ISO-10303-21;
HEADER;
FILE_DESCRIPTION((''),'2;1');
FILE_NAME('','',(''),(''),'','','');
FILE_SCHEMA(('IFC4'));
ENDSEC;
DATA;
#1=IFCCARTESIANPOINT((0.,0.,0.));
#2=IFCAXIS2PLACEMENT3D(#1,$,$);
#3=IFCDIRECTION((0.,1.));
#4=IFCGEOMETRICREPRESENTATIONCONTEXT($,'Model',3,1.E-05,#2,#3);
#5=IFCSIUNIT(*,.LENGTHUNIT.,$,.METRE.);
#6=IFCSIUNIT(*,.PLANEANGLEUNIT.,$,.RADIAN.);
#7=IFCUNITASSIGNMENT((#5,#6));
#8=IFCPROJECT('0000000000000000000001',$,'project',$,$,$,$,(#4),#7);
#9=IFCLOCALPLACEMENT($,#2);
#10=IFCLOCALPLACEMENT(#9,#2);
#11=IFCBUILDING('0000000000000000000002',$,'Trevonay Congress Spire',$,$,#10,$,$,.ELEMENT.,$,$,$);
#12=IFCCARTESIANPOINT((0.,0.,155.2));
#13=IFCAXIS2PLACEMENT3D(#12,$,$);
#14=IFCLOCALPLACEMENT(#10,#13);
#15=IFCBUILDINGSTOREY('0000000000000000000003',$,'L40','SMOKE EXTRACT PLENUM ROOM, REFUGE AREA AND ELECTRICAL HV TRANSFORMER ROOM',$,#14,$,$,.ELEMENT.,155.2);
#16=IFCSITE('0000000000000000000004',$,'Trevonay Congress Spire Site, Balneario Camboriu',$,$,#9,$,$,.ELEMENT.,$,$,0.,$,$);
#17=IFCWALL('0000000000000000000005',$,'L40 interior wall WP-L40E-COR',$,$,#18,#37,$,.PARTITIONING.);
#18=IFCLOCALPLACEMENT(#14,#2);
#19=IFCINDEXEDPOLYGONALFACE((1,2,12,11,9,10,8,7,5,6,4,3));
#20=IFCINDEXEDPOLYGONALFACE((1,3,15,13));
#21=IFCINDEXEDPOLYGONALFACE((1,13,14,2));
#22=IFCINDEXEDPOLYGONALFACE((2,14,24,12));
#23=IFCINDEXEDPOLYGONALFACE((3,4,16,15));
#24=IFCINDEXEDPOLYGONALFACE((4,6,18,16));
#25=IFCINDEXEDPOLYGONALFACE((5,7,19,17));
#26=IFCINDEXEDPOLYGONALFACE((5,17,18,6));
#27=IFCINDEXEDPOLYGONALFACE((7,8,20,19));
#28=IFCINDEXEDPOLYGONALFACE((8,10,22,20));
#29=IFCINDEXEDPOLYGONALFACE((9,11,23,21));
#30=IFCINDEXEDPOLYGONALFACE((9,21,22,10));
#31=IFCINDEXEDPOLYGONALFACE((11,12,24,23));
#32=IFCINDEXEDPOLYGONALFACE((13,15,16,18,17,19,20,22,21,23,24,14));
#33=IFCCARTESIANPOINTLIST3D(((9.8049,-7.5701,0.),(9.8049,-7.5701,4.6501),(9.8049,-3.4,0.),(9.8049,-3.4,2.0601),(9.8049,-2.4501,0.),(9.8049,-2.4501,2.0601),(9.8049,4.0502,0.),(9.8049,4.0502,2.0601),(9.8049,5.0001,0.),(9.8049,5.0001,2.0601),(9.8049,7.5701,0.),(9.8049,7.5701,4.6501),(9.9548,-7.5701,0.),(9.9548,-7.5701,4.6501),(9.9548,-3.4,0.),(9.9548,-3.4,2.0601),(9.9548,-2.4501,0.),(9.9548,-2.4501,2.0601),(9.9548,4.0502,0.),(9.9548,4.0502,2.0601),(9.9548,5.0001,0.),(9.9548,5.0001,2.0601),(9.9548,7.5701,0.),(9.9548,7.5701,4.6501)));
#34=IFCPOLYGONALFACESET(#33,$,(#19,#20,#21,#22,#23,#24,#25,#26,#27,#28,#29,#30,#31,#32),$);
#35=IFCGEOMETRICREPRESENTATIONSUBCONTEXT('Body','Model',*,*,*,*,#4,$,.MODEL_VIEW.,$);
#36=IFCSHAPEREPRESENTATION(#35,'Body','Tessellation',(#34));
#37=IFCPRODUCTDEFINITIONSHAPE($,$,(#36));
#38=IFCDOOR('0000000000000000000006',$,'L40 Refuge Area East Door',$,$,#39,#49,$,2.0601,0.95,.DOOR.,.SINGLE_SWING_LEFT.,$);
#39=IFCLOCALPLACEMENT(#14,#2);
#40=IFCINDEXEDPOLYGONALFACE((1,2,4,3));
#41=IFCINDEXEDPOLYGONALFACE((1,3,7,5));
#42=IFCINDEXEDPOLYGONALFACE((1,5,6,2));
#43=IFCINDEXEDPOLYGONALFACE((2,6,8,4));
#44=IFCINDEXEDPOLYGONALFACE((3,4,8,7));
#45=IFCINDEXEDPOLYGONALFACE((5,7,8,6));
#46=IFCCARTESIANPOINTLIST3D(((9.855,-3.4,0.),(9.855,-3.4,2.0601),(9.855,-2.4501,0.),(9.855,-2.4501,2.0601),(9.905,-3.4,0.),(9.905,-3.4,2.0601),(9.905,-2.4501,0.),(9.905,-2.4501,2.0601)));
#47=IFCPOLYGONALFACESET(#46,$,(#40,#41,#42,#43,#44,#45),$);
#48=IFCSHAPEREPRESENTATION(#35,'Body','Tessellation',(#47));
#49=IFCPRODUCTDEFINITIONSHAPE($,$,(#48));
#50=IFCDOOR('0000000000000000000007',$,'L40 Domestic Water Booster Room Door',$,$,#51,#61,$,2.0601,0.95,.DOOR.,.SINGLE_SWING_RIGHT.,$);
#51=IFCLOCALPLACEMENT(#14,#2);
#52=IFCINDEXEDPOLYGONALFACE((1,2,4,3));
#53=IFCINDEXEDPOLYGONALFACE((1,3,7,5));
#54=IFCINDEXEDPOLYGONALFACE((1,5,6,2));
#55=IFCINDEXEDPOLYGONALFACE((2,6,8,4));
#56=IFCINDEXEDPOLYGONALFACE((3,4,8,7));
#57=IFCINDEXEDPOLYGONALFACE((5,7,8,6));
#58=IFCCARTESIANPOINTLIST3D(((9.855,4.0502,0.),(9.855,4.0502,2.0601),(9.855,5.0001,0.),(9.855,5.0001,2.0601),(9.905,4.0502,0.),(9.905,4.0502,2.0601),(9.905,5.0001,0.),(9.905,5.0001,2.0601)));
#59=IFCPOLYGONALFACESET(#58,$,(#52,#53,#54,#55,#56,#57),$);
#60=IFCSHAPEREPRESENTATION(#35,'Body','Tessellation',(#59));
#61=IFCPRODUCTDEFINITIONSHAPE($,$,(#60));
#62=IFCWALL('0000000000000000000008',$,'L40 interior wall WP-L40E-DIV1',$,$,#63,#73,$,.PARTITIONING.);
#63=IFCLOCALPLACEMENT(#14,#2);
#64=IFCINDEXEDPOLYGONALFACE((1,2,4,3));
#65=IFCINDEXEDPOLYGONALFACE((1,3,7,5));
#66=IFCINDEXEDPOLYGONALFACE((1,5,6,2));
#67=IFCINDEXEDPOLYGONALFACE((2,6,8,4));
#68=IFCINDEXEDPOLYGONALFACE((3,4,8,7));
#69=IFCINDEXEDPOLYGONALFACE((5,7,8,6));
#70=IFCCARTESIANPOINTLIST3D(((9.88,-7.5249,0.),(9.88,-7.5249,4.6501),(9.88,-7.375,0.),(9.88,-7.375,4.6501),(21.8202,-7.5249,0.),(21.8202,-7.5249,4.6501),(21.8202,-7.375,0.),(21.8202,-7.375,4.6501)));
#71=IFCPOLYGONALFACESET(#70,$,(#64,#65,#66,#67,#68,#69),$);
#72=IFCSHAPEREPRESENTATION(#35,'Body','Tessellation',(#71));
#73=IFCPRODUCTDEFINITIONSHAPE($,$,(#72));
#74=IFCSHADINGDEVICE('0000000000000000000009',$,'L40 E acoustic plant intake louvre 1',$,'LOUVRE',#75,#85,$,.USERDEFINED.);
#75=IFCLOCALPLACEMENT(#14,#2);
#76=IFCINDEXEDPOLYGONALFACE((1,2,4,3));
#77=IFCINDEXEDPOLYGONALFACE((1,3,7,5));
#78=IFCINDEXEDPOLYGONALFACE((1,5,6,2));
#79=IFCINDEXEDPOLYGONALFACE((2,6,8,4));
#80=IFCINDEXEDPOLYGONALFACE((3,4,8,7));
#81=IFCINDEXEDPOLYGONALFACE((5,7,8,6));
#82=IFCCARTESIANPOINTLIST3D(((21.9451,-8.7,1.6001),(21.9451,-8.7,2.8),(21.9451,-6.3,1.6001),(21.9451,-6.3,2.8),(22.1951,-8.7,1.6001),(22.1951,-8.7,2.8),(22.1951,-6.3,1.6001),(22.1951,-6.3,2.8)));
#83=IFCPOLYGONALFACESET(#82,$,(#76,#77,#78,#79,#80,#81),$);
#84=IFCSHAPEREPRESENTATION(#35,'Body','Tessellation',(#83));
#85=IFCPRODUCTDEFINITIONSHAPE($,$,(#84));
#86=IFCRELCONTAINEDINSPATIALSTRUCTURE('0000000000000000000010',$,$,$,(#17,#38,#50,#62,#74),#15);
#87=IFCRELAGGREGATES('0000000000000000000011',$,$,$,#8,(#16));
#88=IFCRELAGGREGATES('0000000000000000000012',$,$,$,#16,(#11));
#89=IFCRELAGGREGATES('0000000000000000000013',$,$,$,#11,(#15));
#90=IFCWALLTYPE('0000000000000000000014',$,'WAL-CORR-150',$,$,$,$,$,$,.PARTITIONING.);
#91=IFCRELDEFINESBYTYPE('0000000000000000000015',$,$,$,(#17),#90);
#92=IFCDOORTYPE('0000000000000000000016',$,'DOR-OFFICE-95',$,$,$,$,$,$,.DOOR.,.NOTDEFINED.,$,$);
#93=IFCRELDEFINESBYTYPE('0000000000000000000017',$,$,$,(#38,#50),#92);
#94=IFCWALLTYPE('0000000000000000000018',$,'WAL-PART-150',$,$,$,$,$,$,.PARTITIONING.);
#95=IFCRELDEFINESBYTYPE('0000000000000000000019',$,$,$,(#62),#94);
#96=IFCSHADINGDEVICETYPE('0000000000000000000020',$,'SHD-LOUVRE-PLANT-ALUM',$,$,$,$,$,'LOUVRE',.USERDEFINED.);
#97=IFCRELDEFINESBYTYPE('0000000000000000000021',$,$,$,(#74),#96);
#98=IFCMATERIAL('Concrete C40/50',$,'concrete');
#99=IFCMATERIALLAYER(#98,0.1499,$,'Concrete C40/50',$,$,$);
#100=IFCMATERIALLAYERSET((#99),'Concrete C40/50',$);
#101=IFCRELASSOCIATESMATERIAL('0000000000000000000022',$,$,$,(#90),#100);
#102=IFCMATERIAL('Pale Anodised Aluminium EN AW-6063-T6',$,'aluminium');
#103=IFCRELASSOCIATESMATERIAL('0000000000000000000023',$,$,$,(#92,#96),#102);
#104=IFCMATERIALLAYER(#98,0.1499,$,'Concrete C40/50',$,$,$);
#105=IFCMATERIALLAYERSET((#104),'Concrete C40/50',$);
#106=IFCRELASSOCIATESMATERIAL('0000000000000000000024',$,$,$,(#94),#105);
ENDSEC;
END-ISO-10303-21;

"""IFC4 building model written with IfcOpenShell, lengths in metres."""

from ifc_helpers import new_model, si_unit, direction, frame, frame_2d, origin, origin_2d, place, context, subcontext, project, spatial, rectangle, extrude, material, layer, layer_set, type_object, element, fill, save


model = new_model("IFC4")

# Units and contexts
model_context = context("Model", 3, precision=1e-05, world=origin(), true_north=direction((0.0, 1.0)))
body_context = subcontext(model_context, "Body", "Model", "MODEL_VIEW")
ifc_project = project(units=[si_unit("LENGTHUNIT", "METRE"), si_unit("PLANEANGLEUNIT", "RADIAN")], contexts=[model_context])

# Site, building, storey
site_placement = place(None, origin())
site = spatial("IfcSite", under=ifc_project, at=site_placement, Name="Trevonay Congress Spire Site, Balneario Camboriu", CompositionType="ELEMENT", RefElevation=0.0)
building_placement = place(site_placement, origin())
building = spatial("IfcBuilding", under=site, at=building_placement, Name="Trevonay Congress Spire", CompositionType="ELEMENT")
storey_placement = place(building_placement, frame((0.0, 0.0, 155.2)))
storey = spatial("IfcBuildingStorey", under=building, at=storey_placement, Name="L40", Description="SMOKE EXTRACT PLENUM ROOM, REFUGE AREA AND ELECTRICAL HV TRANSFORMER ROOM", CompositionType="ELEMENT", Elevation=155.2)

# Wall, openings, doors
ifc_material_1 = material(Name="Concrete C40/50", Category="concrete")
ifc_layer_1 = layer(ifc_material_1, 0.1499, Name="Concrete C40/50")
ifc_layer_set_1 = layer_set([ifc_layer_1], Name="Concrete C40/50")
wall_type_1 = type_object("IfcWallType", Name="WAL-CORR-150", PredefinedType="PARTITIONING", material=ifc_layer_set_1)
wall_1_placement = place(storey_placement, frame((9.8799, -7.5701, 0.0), z_axis=(0.0, 0.0, 1.0), x_axis=(0.0, 1.0, 0.0)))
wall_1 = element("IfcWall", 1, at=wall_1_placement, inside=storey, type_object=wall_type_1, Name="L40 interior wall WP-L40E-COR", PredefinedType="PARTITIONING", context=body_context, shape_type="SweptSolid", body=[
    extrude(rectangle(XDim=15.1401, YDim=0.1499, at=frame_2d((7.5701, 0.0))), origin(), (0.0, 0.0, 1.0), 4.6501),
])
opening_1_placement = place(wall_1_placement, frame((4.1699, 0.0, 0.0)))
opening_1 = element("IfcOpeningElement", 2, at=opening_1_placement, cuts=wall_1, PredefinedType="OPENING", context=body_context, shape_type="SweptSolid", body=[
    extrude(rectangle(XDim=0.95, YDim=2.0601, at=frame_2d((0.4751, 1.03))), frame((0.0, 0.085, 0.0), z_axis=(0.0, -1.0, 0.0), x_axis=(1.0, 0.0, 0.0)), (0.0, 0.0, 1.0), 0.1699),
])
opening_2_placement = place(wall_1_placement, frame((11.6201, 0.0, 0.0)))
opening_2 = element("IfcOpeningElement", 3, at=opening_2_placement, cuts=wall_1, PredefinedType="OPENING", context=body_context, shape_type="SweptSolid", body=[
    extrude(rectangle(XDim=0.95, YDim=2.0601, at=frame_2d((0.4751, 1.03))), frame((0.0, 0.085, 0.0), z_axis=(0.0, -1.0, 0.0), x_axis=(1.0, 0.0, 0.0)), (0.0, 0.0, 1.0), 0.1699),
])
ifc_material_2 = material(Name="Pale Anodised Aluminium EN AW-6063-T6", Category="aluminium")
door_type = type_object("IfcDoorType", Name="DOR-OFFICE-95", OperationType="NOTDEFINED", PredefinedType="DOOR", material=ifc_material_2)
door_1_placement = place(opening_1_placement, origin())
door_1 = element("IfcDoor", 4, at=door_1_placement, inside=storey, type_object=door_type, Name="L40 Refuge Area East Door", OperationType="SINGLE_SWING_LEFT", OverallHeight=2.0601, OverallWidth=0.95, PredefinedType="DOOR", context=body_context, shape_type="SweptSolid", body=[
    extrude(rectangle(XDim=0.95, YDim=2.0601, at=frame_2d((0.4751, 1.03))), frame((0.0, 0.0249, 0.0), z_axis=(0.0, -1.0, 0.0), x_axis=(1.0, 0.0, 0.0)), (0.0, 0.0, 1.0), 0.05),
])
fill(opening_1, door_1)
door_2_placement = place(opening_2_placement, origin())
door_2 = element("IfcDoor", 5, at=door_2_placement, inside=storey, type_object=door_type, Name="L40 Domestic Water Booster Room Door", OperationType="SINGLE_SWING_RIGHT", OverallHeight=2.0601, OverallWidth=0.95, PredefinedType="DOOR", context=body_context, shape_type="SweptSolid", body=[
    extrude(rectangle(XDim=0.95, YDim=2.0601, at=frame_2d((0.4751, 1.03))), frame((0.0, 0.0249, 0.0), z_axis=(0.0, -1.0, 0.0), x_axis=(1.0, 0.0, 0.0)), (0.0, 0.0, 1.0), 0.05),
])
fill(opening_2, door_2)

# Wall
ifc_layer_2 = layer(ifc_material_1, 0.1499, Name="Concrete C40/50")
ifc_layer_set_2 = layer_set([ifc_layer_2], Name="Concrete C40/50")
wall_type_2 = type_object("IfcWallType", Name="WAL-PART-150", PredefinedType="PARTITIONING", material=ifc_layer_set_2)
wall_2_placement = place(storey_placement, frame((9.8799, -7.45, 0.0), z_axis=(0.0, 0.0, 1.0), x_axis=(1.0, 0.0, 0.0)))
element("IfcWall", 6, at=wall_2_placement, inside=storey, type_object=wall_type_2, Name="L40 interior wall WP-L40E-DIV1", PredefinedType="PARTITIONING", context=body_context, shape_type="SweptSolid", body=[
    extrude(rectangle(XDim=11.9402, YDim=0.1499, at=frame_2d((5.9702, 0.0))), origin(), (0.0, 0.0, 1.0), 4.6501),
])

# Shading device
shading_device_type = type_object("IfcShadingDeviceType", Name="SHD-LOUVRE-PLANT-ALUM", ElementType="LOUVRE", PredefinedType="USERDEFINED", material=ifc_material_2)
shading_device_placement = place(storey_placement, frame((22.0701, -7.5, 1.6001), z_axis=(0.0, 0.0, 1.0), x_axis=(0.0, 1.0, 0.0)))
element("IfcShadingDevice", 7, at=shading_device_placement, inside=storey, type_object=shading_device_type, Name="L40 E acoustic plant intake louvre 1", ObjectType="LOUVRE", PredefinedType="USERDEFINED", context=body_context, shape_type="SweptSolid", body=[
    extrude(rectangle(XDim=2.3999, YDim=0.25, at=origin_2d()), origin(), (0.0, 0.0, 1.0), 1.2),
])

save(model, "model.ifc")
